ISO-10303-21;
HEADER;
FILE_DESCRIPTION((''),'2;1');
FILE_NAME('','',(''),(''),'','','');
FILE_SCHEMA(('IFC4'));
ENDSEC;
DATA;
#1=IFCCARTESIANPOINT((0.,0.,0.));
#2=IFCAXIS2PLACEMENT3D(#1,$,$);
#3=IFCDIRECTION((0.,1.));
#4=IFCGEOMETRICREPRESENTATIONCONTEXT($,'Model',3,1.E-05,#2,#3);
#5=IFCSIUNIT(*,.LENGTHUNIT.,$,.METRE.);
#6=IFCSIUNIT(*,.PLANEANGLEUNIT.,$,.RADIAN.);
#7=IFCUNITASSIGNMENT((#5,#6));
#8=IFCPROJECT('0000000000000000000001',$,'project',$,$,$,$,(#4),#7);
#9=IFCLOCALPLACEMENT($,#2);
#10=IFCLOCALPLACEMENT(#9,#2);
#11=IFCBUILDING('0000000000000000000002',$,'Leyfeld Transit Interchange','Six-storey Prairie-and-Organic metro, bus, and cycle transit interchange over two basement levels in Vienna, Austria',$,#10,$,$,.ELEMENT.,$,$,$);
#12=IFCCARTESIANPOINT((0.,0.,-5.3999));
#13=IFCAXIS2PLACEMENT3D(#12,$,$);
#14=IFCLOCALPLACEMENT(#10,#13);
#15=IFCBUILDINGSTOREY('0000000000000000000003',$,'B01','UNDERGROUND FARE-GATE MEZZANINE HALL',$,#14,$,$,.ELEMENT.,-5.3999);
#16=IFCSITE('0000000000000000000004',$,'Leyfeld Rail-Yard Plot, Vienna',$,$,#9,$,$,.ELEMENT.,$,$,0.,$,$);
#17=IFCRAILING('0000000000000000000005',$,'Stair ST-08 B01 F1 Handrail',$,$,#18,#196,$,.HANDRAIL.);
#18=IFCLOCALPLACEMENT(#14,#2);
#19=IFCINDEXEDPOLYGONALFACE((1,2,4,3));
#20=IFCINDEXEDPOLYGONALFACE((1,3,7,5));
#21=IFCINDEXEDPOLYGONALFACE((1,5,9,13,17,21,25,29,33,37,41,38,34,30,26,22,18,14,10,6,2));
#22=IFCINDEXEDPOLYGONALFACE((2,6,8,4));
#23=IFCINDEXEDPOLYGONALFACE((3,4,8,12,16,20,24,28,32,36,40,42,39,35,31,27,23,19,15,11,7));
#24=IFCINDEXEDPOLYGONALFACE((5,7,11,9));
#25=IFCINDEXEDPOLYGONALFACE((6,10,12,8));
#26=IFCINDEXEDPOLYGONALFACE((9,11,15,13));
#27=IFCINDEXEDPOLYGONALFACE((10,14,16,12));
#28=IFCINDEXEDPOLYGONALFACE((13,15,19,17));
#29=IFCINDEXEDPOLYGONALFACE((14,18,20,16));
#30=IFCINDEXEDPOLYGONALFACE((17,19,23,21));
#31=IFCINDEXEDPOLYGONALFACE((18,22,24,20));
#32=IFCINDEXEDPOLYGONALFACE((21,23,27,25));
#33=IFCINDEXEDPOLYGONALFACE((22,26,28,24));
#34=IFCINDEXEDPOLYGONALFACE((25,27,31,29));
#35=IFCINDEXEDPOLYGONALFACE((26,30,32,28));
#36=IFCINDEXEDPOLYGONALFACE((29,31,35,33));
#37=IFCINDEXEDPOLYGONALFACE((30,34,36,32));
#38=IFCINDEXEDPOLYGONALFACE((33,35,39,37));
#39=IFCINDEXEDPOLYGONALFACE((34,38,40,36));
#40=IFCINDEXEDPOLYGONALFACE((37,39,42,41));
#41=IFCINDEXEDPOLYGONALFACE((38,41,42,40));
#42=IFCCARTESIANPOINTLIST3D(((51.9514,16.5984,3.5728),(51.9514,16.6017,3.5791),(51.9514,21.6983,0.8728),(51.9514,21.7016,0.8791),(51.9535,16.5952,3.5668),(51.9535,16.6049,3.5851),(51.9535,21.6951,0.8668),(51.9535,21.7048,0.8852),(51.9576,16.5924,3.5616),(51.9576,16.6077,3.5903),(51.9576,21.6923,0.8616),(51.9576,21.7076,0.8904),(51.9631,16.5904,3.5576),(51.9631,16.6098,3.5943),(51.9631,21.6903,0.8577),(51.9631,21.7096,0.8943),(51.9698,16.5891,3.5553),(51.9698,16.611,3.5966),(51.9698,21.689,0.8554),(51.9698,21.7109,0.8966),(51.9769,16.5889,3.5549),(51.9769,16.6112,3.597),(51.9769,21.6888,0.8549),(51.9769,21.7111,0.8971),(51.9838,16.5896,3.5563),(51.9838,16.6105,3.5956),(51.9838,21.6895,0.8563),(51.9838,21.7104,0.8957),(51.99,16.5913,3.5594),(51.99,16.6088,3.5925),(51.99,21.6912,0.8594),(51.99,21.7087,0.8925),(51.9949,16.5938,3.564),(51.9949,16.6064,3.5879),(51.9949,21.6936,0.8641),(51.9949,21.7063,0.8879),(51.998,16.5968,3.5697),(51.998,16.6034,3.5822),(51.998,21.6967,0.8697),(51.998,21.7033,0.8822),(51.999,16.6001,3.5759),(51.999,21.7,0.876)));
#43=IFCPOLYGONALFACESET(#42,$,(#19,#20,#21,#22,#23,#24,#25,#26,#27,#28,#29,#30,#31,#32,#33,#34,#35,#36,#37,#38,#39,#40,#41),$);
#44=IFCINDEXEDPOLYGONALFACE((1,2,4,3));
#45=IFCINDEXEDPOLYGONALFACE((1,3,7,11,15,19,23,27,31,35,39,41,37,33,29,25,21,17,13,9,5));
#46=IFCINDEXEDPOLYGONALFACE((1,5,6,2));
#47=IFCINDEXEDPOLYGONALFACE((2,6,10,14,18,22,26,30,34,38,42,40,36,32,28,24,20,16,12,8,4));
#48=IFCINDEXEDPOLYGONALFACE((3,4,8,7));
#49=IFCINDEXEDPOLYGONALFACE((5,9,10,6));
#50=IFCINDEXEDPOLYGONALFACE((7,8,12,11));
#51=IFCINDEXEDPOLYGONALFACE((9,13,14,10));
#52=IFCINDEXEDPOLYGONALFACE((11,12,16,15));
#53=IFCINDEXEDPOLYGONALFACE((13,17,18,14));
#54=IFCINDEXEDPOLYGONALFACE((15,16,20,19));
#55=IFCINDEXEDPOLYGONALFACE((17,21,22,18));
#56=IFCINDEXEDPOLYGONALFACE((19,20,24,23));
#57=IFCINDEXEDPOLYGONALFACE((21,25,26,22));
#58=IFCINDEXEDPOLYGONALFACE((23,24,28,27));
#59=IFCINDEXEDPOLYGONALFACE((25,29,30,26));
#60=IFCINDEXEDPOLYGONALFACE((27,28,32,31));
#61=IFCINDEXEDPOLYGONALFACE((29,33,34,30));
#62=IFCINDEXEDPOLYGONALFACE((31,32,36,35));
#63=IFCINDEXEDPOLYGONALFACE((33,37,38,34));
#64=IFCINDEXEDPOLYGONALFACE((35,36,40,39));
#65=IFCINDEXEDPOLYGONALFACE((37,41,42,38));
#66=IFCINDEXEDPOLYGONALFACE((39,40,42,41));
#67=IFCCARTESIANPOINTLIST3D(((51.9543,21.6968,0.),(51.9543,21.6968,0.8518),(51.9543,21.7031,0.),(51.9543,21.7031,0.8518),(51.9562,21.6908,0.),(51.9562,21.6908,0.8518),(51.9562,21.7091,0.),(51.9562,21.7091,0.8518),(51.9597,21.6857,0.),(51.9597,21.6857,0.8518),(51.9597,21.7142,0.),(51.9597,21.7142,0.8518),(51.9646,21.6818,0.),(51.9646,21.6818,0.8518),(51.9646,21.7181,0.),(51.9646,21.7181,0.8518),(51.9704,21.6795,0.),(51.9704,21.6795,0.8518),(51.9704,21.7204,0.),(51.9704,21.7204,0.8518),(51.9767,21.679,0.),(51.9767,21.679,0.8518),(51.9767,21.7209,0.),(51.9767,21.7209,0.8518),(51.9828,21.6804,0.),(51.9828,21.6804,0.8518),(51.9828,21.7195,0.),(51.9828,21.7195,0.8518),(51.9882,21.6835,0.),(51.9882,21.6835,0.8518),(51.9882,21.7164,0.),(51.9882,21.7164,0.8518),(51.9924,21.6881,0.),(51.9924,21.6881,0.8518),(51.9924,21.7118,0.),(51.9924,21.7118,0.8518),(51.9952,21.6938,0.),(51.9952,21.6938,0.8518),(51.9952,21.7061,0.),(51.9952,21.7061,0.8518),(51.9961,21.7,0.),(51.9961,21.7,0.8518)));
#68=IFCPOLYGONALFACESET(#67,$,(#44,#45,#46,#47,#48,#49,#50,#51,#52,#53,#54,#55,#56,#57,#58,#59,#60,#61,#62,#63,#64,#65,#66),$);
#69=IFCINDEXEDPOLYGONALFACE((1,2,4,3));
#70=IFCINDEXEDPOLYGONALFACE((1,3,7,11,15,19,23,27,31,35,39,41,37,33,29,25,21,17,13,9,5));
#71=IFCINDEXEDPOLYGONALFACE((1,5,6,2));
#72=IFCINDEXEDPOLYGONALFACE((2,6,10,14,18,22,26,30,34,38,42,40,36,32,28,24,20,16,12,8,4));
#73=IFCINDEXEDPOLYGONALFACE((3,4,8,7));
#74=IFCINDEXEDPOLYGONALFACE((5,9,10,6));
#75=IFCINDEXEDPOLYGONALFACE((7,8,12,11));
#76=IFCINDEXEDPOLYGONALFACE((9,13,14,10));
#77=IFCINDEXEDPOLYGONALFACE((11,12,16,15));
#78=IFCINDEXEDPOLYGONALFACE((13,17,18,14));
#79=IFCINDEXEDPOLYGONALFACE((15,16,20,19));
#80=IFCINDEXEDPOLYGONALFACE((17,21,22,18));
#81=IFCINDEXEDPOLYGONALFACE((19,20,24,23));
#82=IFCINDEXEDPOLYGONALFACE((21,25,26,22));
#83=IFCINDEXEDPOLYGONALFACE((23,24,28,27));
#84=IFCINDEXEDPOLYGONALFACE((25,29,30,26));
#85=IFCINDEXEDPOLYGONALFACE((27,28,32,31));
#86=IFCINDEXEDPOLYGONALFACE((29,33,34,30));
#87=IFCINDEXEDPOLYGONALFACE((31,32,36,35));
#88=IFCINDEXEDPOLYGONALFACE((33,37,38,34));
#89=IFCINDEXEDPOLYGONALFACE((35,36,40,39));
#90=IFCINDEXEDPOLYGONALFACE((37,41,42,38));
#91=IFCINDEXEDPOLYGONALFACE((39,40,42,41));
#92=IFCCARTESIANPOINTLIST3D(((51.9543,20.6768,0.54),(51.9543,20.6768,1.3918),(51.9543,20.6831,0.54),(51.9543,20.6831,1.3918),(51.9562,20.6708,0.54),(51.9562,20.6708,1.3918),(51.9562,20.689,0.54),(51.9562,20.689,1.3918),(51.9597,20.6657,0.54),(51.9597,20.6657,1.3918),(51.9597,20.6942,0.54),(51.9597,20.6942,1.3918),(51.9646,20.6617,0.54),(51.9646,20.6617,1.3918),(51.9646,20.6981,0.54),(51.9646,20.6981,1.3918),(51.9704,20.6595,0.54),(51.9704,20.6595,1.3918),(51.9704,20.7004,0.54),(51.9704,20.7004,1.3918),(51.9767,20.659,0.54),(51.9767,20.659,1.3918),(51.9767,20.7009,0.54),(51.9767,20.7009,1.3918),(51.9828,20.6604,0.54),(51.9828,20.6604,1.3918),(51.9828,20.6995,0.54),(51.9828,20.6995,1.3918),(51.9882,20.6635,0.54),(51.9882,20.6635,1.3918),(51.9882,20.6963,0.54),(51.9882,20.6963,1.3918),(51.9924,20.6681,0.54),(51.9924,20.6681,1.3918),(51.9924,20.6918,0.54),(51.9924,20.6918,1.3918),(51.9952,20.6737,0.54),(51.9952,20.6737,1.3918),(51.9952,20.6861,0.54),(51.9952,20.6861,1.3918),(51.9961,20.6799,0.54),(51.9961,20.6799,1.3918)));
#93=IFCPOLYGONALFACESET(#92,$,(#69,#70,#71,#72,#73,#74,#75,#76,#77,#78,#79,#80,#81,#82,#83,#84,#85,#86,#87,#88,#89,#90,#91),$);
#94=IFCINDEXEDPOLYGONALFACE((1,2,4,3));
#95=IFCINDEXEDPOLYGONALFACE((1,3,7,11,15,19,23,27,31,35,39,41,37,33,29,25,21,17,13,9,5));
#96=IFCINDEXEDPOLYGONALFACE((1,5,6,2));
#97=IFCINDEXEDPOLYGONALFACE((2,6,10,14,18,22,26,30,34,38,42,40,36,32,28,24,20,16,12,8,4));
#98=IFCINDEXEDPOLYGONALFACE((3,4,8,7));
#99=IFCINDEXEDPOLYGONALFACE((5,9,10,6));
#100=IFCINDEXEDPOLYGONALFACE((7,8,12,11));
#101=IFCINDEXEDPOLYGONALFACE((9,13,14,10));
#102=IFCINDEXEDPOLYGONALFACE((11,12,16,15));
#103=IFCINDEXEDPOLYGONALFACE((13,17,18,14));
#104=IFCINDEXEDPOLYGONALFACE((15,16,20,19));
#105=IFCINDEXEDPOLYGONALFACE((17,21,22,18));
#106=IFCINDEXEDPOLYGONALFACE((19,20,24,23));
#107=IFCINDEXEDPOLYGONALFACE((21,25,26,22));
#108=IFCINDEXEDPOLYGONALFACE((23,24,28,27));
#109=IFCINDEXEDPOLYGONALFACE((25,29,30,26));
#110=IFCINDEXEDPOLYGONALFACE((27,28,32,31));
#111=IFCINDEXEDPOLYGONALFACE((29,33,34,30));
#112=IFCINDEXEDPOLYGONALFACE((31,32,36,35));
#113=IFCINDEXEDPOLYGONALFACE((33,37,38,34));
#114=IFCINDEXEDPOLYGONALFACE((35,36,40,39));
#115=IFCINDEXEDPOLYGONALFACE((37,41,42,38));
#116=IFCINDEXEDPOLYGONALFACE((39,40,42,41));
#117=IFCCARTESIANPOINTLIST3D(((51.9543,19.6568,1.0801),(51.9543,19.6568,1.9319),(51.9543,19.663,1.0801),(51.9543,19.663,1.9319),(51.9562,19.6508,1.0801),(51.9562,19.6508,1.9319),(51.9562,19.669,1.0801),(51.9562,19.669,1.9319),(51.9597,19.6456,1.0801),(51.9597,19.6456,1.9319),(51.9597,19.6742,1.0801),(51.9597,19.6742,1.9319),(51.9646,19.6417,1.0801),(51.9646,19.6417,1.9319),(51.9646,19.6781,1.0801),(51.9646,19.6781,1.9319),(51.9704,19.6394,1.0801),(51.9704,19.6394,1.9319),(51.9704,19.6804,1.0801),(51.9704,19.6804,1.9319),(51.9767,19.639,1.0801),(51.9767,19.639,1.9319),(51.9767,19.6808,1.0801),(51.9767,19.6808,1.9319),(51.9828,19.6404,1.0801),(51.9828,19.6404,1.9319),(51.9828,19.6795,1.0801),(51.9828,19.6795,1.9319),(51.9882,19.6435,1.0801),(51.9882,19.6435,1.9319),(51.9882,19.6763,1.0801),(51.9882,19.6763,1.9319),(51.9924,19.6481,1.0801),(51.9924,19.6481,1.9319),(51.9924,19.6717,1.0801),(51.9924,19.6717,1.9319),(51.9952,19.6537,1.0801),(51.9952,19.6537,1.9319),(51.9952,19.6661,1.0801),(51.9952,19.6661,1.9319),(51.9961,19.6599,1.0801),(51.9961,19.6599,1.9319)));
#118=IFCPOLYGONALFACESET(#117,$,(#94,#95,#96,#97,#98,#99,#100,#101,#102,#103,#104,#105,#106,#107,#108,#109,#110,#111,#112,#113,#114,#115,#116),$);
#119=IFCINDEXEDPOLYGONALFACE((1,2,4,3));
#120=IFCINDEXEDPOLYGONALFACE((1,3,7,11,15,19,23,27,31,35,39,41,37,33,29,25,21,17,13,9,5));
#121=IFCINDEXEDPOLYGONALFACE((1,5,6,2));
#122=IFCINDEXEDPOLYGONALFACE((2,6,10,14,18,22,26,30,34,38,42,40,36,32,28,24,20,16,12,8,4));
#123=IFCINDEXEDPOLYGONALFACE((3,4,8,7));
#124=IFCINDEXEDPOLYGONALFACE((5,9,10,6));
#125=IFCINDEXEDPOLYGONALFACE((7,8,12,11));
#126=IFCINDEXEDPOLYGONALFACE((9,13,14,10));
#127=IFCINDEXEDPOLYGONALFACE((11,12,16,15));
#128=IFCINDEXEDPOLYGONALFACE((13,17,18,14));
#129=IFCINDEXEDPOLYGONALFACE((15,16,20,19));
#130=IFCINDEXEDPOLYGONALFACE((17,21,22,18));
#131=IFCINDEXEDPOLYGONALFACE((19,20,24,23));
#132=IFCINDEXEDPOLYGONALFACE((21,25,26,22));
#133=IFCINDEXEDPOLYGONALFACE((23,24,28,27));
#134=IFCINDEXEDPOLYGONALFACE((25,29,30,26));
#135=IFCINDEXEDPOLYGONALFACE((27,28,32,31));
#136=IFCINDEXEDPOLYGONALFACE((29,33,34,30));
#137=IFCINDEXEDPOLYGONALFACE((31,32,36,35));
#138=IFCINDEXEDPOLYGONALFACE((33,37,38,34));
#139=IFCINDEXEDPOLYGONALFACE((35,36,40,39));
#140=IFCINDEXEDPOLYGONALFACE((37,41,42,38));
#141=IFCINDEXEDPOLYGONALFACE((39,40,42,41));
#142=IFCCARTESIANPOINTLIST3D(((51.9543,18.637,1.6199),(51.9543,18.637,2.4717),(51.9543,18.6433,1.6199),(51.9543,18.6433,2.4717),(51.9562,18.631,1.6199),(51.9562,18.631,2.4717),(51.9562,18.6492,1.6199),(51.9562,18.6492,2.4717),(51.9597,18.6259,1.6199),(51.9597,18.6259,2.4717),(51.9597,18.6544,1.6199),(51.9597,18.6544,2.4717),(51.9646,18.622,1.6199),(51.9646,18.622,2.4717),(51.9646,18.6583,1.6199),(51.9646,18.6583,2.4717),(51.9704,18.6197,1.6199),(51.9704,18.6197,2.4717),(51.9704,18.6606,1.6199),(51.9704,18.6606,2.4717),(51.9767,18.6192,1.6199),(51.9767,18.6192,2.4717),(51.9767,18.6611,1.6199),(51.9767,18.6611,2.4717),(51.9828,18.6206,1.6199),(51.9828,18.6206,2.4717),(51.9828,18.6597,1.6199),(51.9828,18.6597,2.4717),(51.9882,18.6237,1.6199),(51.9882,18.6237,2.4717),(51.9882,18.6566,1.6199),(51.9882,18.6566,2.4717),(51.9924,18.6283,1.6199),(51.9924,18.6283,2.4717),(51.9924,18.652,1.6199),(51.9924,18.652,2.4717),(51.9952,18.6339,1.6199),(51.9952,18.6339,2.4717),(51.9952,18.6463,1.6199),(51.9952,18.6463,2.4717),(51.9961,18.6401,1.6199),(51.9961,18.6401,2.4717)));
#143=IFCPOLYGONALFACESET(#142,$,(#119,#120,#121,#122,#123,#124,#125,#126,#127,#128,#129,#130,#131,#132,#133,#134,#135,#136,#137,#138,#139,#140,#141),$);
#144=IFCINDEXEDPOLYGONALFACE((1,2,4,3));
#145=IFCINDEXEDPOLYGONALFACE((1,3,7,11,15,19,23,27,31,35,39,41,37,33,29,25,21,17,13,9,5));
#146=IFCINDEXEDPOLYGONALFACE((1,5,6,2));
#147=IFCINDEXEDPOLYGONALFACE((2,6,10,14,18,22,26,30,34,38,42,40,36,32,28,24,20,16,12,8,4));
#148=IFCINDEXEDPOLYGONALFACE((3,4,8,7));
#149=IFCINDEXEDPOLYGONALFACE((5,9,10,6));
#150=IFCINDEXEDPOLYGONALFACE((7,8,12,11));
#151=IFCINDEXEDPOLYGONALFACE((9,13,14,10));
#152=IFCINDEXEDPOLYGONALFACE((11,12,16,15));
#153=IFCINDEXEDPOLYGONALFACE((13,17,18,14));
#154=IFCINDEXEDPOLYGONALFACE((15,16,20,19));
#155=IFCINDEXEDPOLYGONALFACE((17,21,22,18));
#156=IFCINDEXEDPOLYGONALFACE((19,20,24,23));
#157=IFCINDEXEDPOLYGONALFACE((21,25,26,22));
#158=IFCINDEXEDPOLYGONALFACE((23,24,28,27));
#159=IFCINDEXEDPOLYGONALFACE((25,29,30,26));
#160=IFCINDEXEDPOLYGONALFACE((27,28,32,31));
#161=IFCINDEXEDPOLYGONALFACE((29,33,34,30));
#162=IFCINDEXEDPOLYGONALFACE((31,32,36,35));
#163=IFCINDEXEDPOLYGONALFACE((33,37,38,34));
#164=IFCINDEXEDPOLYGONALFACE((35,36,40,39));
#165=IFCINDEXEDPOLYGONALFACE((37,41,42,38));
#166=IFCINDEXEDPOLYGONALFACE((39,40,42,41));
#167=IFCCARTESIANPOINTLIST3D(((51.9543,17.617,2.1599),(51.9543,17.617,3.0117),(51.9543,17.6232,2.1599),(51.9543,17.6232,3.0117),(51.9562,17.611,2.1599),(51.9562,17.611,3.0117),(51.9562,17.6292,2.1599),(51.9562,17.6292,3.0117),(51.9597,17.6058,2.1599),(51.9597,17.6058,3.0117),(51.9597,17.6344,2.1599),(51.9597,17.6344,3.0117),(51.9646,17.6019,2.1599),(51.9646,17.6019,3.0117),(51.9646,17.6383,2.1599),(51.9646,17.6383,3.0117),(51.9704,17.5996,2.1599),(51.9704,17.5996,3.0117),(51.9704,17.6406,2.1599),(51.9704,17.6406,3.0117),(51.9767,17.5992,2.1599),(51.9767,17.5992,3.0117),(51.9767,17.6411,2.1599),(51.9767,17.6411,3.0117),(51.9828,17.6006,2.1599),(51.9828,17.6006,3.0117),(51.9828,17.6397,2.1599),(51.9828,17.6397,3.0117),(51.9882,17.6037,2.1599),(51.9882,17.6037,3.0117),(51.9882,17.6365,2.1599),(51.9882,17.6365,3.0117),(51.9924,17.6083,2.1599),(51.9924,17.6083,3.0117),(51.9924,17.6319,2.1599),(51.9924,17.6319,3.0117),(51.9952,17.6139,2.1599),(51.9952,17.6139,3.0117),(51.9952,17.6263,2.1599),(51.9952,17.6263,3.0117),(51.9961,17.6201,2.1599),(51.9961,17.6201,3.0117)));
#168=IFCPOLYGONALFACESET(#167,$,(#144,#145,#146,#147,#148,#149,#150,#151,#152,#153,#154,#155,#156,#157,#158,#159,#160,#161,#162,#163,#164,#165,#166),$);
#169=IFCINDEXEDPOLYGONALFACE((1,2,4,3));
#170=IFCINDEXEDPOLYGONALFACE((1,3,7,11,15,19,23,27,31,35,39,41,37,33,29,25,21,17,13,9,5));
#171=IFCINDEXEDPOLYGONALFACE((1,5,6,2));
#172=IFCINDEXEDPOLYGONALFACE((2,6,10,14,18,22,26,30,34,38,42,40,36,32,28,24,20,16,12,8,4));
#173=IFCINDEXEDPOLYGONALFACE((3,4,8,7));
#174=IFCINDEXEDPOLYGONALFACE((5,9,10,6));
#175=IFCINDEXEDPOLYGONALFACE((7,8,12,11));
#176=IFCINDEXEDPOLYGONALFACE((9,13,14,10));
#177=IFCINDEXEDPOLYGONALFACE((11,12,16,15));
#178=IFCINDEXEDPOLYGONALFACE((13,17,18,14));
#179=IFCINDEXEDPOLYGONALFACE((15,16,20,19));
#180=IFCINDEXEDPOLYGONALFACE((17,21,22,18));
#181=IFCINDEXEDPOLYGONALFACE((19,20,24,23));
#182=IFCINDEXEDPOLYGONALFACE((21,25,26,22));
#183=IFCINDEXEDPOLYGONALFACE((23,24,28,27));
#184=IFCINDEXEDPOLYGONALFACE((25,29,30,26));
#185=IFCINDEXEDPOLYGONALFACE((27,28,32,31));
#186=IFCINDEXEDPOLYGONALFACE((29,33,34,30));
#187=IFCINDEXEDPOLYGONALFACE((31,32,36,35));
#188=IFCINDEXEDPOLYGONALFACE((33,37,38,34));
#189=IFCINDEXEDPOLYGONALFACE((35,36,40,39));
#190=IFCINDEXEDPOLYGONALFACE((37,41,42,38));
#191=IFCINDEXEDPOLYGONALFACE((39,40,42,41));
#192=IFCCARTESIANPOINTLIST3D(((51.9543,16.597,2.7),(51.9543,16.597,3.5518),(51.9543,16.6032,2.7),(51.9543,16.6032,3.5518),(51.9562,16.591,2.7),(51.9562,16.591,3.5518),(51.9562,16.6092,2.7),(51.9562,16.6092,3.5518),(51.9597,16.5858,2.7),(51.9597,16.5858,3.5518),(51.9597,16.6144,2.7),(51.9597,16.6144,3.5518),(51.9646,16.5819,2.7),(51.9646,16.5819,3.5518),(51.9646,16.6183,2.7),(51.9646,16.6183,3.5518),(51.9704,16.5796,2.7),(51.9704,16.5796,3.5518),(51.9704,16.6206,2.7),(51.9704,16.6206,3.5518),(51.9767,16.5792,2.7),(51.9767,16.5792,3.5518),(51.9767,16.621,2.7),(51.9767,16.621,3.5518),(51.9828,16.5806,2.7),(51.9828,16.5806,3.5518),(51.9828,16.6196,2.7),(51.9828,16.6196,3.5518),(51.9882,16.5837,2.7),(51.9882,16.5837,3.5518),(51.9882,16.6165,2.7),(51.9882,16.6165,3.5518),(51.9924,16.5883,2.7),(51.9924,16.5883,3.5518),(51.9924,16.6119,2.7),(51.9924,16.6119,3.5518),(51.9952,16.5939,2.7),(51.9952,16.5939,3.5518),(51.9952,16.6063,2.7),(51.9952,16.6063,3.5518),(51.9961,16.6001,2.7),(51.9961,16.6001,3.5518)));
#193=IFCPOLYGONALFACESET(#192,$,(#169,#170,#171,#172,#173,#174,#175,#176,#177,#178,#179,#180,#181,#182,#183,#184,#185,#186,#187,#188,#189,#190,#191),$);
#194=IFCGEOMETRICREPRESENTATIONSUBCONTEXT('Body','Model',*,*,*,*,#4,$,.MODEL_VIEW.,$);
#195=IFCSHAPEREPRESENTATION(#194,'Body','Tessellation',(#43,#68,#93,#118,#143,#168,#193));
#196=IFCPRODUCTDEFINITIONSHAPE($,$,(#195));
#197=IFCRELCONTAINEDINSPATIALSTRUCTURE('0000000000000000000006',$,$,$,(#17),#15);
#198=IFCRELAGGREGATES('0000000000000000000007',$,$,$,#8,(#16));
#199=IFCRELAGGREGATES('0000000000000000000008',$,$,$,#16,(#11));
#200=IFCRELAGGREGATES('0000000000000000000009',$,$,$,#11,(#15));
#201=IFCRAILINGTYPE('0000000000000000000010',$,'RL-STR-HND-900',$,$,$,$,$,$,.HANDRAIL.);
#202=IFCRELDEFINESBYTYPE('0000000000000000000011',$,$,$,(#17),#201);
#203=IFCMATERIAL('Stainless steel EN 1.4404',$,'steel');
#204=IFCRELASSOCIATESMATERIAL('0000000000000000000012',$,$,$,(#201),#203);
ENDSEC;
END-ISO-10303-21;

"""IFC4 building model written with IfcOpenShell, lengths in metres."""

from ifc_helpers import new_model, si_unit, direction, frame, origin, origin_2d, place, context, subcontext, project, spatial, circle, extrude, material, type_object, element, save


model = new_model("IFC4")

# Units and contexts
model_context = context("Model", 3, precision=1e-05, world=origin(), true_north=direction((0.0, 1.0)))
body_context = subcontext(model_context, "Body", "Model", "MODEL_VIEW")
ifc_project = project(units=[si_unit("LENGTHUNIT", "METRE"), si_unit("PLANEANGLEUNIT", "RADIAN")], contexts=[model_context])

# Site, building, storey
site_placement = place(None, origin())
site = spatial("IfcSite", under=ifc_project, at=site_placement, Name="Leyfeld Rail-Yard Plot, Vienna", CompositionType="ELEMENT", RefElevation=0.0)
building_placement = place(site_placement, origin())
building = spatial("IfcBuilding", under=site, at=building_placement, Name="Leyfeld Transit Interchange", Description="Six-storey Prairie-and-Organic metro, bus, and cycle transit interchange over two basement levels in Vienna, Austria", CompositionType="ELEMENT")
storey_placement = place(building_placement, frame((0.0, 0.0, -5.3999)))
storey = spatial("IfcBuildingStorey", under=building, at=storey_placement, Name="B01", Description="UNDERGROUND FARE-GATE MEZZANINE HALL", CompositionType="ELEMENT", Elevation=-5.3999)

# Railing
ifc_material_1 = material(Name="Stainless steel EN 1.4404", Category="steel")
railing_type_1 = type_object("IfcRailingType", Name="RL-STR-HND-900", PredefinedType="HANDRAIL", material=ifc_material_1)
railing_1_placement = place(storey_placement, frame((51.9751, 21.7, 0.0)))
element("IfcRailing", 1, at=railing_1_placement, inside=storey, type_object=railing_type_1, Name="Stair ST-08 B01 F1 Handrail", PredefinedType="HANDRAIL", context=body_context, shape_type="SweptSolid", body=[
    extrude(circle(Radius=0.0239, at=origin_2d()), frame((0.0, 0.0, 0.876), z_axis=(0.0, -0.883786, 0.467892), x_axis=(1.0, 0.0, 0.0)), (0.0, 0.0, 1.0), 5.7705),
    extrude(circle(Radius=0.021, at=origin_2d()), origin(), (0.0, 0.0, 1.0), 0.8518),
    extrude(circle(Radius=0.021, at=origin_2d()), frame((0.0, -1.02, 0.54)), (0.0, 0.0, 1.0), 0.8518),
    extrude(circle(Radius=0.021, at=origin_2d()), frame((0.0, -2.04, 1.0801)), (0.0, 0.0, 1.0), 0.8518),
    extrude(circle(Radius=0.021, at=origin_2d()), frame((0.0, -3.0598, 1.6199)), (0.0, 0.0, 1.0), 0.8518),
    extrude(circle(Radius=0.021, at=origin_2d()), frame((0.0, -4.0798, 2.1599)), (0.0, 0.0, 1.0), 0.8518),
    extrude(circle(Radius=0.021, at=origin_2d()), frame((0.0, -5.0999, 2.7)), (0.0, 0.0, 1.0), 0.8518),
])

save(model, "model.ifc")
